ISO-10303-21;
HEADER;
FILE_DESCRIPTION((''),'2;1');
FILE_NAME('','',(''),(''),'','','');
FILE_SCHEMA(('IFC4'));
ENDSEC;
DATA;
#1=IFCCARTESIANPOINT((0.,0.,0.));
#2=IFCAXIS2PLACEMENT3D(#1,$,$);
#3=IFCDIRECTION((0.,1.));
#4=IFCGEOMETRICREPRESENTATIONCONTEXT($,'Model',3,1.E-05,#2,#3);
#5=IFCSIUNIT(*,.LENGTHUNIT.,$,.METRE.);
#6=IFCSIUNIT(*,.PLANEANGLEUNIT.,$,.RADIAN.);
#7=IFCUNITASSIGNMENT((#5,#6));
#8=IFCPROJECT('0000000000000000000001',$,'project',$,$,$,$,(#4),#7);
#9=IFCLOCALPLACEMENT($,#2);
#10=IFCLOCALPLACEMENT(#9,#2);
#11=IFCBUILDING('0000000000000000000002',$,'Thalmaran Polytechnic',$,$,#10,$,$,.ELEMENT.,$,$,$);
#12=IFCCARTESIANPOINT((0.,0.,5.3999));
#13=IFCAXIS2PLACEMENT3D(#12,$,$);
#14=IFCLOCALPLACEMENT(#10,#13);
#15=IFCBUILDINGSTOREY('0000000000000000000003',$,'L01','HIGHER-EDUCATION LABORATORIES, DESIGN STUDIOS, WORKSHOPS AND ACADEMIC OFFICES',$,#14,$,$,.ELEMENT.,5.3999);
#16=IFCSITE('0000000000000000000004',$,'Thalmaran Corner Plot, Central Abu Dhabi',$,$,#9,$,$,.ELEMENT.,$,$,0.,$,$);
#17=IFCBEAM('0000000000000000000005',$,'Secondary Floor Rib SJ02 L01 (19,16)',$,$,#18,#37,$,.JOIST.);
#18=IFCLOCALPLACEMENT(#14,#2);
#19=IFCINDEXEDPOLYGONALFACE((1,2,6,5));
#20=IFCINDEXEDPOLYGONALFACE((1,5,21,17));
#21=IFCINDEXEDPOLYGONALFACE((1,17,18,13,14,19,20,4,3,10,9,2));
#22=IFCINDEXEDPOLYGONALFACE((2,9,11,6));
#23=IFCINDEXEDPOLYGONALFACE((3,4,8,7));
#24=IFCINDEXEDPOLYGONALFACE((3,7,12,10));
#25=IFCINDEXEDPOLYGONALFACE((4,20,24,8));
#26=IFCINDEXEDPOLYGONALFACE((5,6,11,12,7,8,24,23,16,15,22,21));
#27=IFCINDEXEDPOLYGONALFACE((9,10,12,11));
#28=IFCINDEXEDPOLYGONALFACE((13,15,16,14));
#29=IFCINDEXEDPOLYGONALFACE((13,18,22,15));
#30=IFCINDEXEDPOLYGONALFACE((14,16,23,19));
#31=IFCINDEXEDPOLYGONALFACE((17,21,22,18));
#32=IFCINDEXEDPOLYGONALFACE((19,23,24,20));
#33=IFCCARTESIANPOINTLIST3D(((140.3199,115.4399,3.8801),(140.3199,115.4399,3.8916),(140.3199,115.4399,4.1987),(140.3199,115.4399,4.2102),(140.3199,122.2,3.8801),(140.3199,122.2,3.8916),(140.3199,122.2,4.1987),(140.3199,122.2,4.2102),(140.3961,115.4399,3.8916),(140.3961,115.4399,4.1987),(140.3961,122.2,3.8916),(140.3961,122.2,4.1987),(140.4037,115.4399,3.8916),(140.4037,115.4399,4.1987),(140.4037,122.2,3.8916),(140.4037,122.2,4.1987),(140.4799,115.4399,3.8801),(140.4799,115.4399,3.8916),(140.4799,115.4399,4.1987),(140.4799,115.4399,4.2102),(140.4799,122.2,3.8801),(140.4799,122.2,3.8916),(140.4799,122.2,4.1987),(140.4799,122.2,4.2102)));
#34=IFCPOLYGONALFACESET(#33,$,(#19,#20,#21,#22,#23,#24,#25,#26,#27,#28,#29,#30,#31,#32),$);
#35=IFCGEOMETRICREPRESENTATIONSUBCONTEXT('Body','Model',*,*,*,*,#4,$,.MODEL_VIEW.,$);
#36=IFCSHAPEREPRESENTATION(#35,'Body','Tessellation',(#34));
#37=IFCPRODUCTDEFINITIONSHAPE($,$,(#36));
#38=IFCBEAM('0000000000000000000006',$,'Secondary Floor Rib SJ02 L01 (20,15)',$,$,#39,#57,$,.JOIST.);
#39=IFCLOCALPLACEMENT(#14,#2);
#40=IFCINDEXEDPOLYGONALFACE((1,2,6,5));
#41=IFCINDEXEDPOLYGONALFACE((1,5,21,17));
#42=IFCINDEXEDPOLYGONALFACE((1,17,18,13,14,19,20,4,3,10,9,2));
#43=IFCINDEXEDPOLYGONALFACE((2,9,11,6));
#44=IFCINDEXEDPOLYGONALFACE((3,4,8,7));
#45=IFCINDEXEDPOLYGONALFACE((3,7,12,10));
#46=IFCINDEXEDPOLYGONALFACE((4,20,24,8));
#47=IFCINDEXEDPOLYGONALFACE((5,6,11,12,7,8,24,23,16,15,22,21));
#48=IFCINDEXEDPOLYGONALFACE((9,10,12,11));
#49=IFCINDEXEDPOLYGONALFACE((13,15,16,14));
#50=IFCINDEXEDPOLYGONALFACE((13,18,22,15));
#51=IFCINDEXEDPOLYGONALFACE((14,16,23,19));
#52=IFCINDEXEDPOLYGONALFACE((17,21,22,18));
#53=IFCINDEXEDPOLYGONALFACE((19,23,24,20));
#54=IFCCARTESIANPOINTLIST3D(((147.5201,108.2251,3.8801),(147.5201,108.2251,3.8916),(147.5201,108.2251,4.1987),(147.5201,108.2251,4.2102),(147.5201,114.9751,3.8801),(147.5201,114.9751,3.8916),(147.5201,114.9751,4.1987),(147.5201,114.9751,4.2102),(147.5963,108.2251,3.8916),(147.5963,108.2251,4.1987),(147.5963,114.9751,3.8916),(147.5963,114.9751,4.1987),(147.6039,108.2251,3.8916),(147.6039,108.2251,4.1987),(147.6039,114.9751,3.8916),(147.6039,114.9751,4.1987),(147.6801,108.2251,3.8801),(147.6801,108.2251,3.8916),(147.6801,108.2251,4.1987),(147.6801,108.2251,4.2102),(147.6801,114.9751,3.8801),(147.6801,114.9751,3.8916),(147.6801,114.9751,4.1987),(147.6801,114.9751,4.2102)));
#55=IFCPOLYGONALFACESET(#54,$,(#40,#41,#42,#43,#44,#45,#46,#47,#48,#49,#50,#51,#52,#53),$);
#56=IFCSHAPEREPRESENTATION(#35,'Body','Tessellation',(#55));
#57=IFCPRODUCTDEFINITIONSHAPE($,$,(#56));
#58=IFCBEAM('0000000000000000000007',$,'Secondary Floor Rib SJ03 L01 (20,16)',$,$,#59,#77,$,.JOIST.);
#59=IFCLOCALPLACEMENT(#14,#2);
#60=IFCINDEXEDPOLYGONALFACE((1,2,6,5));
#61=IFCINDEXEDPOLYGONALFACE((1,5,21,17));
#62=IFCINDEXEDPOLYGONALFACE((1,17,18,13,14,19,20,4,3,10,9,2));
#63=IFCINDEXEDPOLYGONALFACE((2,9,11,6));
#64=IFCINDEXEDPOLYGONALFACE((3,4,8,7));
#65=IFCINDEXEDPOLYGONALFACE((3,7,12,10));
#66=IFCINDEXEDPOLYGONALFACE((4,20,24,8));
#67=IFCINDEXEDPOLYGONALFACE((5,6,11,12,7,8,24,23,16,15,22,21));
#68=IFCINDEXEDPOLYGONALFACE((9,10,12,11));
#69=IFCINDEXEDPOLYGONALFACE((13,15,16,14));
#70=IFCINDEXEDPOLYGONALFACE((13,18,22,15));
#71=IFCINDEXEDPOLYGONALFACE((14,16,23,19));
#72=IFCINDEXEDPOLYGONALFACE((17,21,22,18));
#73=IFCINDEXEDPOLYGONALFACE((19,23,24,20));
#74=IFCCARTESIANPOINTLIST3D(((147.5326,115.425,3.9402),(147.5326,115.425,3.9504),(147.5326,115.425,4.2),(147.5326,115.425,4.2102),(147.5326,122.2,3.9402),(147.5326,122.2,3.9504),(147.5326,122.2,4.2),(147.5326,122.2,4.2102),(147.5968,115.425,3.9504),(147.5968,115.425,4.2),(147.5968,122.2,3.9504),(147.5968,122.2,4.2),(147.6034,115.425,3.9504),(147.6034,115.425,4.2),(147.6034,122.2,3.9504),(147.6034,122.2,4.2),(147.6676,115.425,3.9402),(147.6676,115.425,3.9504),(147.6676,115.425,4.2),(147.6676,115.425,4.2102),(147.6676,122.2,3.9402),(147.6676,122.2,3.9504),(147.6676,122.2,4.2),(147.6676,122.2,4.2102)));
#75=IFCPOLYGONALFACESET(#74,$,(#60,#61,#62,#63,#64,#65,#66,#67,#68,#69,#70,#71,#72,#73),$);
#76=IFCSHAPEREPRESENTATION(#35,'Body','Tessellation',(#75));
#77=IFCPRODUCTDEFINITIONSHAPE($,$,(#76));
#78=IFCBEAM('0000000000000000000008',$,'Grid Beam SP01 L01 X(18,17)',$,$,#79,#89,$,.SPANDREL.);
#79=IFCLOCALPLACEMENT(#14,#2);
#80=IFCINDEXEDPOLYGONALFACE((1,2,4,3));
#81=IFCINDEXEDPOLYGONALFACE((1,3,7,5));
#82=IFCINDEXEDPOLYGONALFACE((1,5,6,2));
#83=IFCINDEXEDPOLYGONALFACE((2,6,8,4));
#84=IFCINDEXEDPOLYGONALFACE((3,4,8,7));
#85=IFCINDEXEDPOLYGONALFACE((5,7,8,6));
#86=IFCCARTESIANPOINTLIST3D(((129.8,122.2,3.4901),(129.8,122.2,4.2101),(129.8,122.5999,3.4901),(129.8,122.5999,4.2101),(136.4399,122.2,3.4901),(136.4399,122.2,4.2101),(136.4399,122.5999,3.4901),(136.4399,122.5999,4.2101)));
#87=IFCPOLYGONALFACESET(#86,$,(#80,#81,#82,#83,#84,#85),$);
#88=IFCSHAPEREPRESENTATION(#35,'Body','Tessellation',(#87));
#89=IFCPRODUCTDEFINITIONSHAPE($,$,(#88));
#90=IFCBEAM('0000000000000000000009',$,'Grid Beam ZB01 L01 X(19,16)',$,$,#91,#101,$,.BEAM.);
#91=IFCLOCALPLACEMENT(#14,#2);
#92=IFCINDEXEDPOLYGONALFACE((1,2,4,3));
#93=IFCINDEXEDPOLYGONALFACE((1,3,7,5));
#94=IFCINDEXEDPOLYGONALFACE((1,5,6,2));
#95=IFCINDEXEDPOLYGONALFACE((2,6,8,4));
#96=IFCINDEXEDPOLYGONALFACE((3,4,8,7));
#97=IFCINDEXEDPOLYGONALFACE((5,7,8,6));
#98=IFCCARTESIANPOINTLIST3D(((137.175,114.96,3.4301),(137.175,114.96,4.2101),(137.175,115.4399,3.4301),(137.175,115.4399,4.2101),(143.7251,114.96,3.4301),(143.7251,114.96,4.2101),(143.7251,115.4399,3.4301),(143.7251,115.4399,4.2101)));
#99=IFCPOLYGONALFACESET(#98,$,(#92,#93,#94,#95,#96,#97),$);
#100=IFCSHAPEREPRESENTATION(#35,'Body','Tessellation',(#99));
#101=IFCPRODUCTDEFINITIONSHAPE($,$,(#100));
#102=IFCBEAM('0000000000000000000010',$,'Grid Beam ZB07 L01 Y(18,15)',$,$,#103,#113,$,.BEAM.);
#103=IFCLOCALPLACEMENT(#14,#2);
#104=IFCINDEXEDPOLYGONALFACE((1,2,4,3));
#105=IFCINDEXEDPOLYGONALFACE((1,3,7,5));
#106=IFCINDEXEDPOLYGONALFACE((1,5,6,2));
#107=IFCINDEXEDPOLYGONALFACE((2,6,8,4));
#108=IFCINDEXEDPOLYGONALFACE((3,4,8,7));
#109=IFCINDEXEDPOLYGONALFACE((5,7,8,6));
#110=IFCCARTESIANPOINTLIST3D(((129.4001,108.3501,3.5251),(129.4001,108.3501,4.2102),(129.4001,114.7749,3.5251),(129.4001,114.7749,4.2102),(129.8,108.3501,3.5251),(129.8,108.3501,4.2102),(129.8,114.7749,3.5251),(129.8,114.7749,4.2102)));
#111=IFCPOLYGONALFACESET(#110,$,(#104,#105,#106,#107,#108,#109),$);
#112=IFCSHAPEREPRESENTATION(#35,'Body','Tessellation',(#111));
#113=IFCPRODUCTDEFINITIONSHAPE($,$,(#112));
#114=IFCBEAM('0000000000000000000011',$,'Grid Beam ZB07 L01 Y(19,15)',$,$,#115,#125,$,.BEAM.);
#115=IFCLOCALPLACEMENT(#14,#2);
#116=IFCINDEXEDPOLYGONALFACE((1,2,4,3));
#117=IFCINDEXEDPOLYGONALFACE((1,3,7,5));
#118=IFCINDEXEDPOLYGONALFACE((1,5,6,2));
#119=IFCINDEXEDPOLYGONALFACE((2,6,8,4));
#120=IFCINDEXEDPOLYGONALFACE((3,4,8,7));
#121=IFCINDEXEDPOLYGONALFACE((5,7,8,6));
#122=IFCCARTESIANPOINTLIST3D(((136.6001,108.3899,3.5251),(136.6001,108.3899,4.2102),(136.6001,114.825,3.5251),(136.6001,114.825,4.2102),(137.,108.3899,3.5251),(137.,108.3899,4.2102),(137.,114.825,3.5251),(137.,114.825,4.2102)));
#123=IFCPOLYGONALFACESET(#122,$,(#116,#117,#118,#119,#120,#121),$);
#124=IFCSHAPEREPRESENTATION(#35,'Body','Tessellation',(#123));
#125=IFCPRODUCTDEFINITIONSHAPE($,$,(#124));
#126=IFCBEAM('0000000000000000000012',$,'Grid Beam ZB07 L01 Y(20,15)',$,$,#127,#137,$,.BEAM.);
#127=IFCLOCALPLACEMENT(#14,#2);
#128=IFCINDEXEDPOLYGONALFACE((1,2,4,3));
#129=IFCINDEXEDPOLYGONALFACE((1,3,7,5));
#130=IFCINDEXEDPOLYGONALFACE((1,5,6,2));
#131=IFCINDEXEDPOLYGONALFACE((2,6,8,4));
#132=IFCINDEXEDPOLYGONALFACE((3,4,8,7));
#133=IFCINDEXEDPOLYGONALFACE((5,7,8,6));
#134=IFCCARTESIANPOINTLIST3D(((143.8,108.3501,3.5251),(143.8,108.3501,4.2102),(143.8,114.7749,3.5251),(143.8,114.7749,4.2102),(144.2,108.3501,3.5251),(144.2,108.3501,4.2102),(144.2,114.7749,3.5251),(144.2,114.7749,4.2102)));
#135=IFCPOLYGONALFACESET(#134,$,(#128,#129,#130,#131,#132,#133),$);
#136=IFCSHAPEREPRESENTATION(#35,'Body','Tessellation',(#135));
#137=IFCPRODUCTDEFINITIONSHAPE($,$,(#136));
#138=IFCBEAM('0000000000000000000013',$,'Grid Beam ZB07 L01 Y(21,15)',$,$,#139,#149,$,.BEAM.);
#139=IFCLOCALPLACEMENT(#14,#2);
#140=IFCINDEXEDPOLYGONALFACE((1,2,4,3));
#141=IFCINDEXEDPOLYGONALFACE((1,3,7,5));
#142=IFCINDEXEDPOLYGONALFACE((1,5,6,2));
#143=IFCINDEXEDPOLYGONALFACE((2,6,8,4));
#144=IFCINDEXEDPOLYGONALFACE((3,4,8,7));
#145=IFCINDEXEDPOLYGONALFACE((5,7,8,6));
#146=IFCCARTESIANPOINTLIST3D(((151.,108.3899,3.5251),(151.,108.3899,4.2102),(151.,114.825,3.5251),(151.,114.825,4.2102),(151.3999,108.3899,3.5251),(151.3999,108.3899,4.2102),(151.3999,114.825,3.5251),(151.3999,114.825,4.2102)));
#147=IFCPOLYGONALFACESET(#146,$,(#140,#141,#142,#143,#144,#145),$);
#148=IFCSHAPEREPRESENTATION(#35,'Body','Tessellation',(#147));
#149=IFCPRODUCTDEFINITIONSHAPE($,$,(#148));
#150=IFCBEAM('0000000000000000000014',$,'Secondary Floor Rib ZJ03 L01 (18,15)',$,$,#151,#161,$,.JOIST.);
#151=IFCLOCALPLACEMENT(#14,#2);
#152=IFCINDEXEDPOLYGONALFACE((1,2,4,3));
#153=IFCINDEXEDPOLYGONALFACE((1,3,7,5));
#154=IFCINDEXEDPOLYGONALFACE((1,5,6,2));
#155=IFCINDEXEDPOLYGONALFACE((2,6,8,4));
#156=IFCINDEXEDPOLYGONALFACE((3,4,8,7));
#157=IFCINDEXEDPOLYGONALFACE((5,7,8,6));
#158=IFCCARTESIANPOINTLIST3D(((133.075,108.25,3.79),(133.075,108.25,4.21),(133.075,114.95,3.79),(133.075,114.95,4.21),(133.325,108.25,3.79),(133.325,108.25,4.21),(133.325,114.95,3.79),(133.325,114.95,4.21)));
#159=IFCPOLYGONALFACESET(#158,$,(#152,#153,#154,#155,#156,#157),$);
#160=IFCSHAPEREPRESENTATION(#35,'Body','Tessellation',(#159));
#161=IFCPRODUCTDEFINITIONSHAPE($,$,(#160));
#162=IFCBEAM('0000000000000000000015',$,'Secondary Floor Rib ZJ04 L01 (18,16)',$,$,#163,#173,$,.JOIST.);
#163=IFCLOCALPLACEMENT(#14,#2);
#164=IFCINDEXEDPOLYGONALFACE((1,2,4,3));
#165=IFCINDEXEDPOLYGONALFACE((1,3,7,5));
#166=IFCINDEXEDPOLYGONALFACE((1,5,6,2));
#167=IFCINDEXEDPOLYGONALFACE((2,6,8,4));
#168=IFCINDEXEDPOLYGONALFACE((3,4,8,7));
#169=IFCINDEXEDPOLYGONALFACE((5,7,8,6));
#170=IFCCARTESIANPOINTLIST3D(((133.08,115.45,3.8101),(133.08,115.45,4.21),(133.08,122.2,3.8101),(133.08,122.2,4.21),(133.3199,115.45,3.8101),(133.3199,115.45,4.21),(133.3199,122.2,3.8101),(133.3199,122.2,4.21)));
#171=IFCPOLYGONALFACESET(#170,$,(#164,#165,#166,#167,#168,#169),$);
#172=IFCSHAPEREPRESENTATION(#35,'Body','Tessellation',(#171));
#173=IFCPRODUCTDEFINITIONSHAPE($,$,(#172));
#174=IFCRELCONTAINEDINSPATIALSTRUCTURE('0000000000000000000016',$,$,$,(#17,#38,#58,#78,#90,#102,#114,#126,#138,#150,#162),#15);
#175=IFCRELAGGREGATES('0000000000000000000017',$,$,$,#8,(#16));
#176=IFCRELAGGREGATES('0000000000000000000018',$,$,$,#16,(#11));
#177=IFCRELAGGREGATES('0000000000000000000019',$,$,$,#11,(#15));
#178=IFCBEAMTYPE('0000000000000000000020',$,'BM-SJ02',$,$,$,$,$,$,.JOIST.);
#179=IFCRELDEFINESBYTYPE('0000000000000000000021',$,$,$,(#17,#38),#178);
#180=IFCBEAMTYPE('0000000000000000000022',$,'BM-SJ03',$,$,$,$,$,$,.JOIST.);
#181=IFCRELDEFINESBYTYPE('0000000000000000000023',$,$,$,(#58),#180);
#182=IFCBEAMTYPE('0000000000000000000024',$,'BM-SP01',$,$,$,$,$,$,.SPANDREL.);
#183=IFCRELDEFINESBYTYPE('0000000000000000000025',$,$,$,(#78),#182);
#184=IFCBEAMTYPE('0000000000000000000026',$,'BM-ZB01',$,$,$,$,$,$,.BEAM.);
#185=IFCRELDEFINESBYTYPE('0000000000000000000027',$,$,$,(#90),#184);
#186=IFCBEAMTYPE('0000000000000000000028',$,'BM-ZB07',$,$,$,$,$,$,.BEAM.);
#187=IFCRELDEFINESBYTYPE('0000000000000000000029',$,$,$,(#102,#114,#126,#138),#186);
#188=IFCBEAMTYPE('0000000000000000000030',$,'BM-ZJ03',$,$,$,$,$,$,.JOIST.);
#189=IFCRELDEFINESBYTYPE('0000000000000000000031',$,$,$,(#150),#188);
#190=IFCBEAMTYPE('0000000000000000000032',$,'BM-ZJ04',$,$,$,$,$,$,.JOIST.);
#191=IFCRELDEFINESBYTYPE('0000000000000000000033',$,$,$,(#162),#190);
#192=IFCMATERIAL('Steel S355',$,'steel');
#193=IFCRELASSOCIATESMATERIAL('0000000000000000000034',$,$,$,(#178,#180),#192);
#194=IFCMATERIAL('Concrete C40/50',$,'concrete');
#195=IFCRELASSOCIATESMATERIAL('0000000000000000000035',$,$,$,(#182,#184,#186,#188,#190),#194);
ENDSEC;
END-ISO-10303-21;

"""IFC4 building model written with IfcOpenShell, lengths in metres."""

from ifc_helpers import new_model, si_unit, direction, frame, origin, origin_2d, place, context, subcontext, project, spatial, rectangle, i_section, extrude, material, material_profile, profile_set, type_object, element, save


model = new_model("IFC4")

# Units and contexts
model_context = context("Model", 3, precision=1e-05, world=origin(), true_north=direction((0.0, 1.0)))
body_context = subcontext(model_context, "Body", "Model", "MODEL_VIEW")
ifc_project = project(units=[si_unit("LENGTHUNIT", "METRE"), si_unit("PLANEANGLEUNIT", "RADIAN")], contexts=[model_context])

# Site, building, storey
site_placement = place(None, origin())
site = spatial("IfcSite", under=ifc_project, at=site_placement, Name="Thalmaran Corner Plot, Central Abu Dhabi", CompositionType="ELEMENT", RefElevation=0.0)
building_placement = place(site_placement, origin())
building = spatial("IfcBuilding", under=site, at=building_placement, Name="Thalmaran Polytechnic", CompositionType="ELEMENT")
storey_placement = place(building_placement, frame((0.0, 0.0, 5.3999)))
storey = spatial("IfcBuildingStorey", under=building, at=storey_placement, Name="L01", Description="HIGHER-EDUCATION LABORATORIES, DESIGN STUDIOS, WORKSHOPS AND ACADEMIC OFFICES", CompositionType="ELEMENT", Elevation=5.3999)

# Shared definitions
ifc_material_1 = material(Name="Concrete C40/50", Category="concrete")

# Beams
ifc_material_2 = material(Name="Steel S355", Category="steel")
ifc_material_profile_1 = material_profile(ifc_material_2, i_section(OverallWidth=0.1599, OverallDepth=0.3301, WebThickness=0.0076, FlangeThickness=0.0115, at=origin_2d()), Name="IPE 330")
ifc_profile_set_1 = profile_set([ifc_material_profile_1], Name="Steel S355")
beam_type_1 = type_object("IfcBeamType", Name="BM-SJ02", PredefinedType="JOIST", material=ifc_profile_set_1)
beam_1_placement = place(storey_placement, frame((140.3999, 115.4399, 4.0452), z_axis=(0.0, 1.0, 0.0), x_axis=(-1.0, 0.0, 0.0)))
element("IfcBeam", 1, at=beam_1_placement, inside=storey, type_object=beam_type_1, Name="Secondary Floor Rib SJ02 L01 (19,16)", PredefinedType="JOIST", context=body_context, shape_type="SweptSolid", body=[
    extrude(i_section(OverallWidth=0.1599, OverallDepth=0.3301, WebThickness=0.0076, FlangeThickness=0.0115, at=origin_2d()), origin(), (0.0, 0.0, 1.0), 6.76),
])
beam_2_placement = place(storey_placement, frame((147.6001, 108.2251, 4.0452), z_axis=(0.0, 1.0, 0.0), x_axis=(-1.0, 0.0, 0.0)))
element("IfcBeam", 2, at=beam_2_placement, inside=storey, type_object=beam_type_1, Name="Secondary Floor Rib SJ02 L01 (20,15)", PredefinedType="JOIST", context=body_context, shape_type="SweptSolid", body=[
    extrude(i_section(OverallWidth=0.1599, OverallDepth=0.3301, WebThickness=0.0076, FlangeThickness=0.0115, at=origin_2d()), origin(), (0.0, 0.0, 1.0), 6.75),
])
ifc_material_profile_2 = material_profile(ifc_material_2, i_section(OverallWidth=0.135, OverallDepth=0.27, WebThickness=0.0066, FlangeThickness=0.0103, at=origin_2d()), Name="IPE 270")
ifc_profile_set_2 = profile_set([ifc_material_profile_2], Name="Steel S355")
beam_type_2 = type_object("IfcBeamType", Name="BM-SJ03", PredefinedType="JOIST", material=ifc_profile_set_2)
beam_3_placement = place(storey_placement, frame((147.6001, 115.425, 4.0752), z_axis=(0.0, 1.0, 0.0), x_axis=(-1.0, 0.0, 0.0)))
element("IfcBeam", 3, at=beam_3_placement, inside=storey, type_object=beam_type_2, Name="Secondary Floor Rib SJ03 L01 (20,16)", PredefinedType="JOIST", context=body_context, shape_type="SweptSolid", body=[
    extrude(i_section(OverallWidth=0.135, OverallDepth=0.27, WebThickness=0.0066, FlangeThickness=0.0103, at=origin_2d()), origin(), (0.0, 0.0, 1.0), 6.7749),
])
ifc_material_profile_3 = material_profile(ifc_material_1, rectangle(XDim=0.3999, YDim=0.72, at=origin_2d()), Name="RC 400x720")
ifc_profile_set_3 = profile_set([ifc_material_profile_3], Name="Concrete C40/50")
beam_type_3 = type_object("IfcBeamType", Name="BM-SP01", PredefinedType="SPANDREL", material=ifc_profile_set_3)
beam_4_placement = place(storey_placement, frame((129.8, 122.3999, 3.8501), z_axis=(1.0, 0.0, 0.0), x_axis=(0.0, 1.0, 0.0)))
element("IfcBeam", 4, at=beam_4_placement, inside=storey, type_object=beam_type_3, Name="Grid Beam SP01 L01 X(18,17)", PredefinedType="SPANDREL", context=body_context, shape_type="SweptSolid", body=[
    extrude(rectangle(XDim=0.3999, YDim=0.72, at=origin_2d()), origin(), (0.0, 0.0, 1.0), 6.6399),
])
ifc_material_profile_4 = material_profile(ifc_material_1, rectangle(XDim=0.48, YDim=0.78, at=origin_2d()), Name="RC 480x780")
ifc_profile_set_4 = profile_set([ifc_material_profile_4], Name="Concrete C40/50")
beam_type_4 = type_object("IfcBeamType", Name="BM-ZB01", PredefinedType="BEAM", material=ifc_profile_set_4)
beam_5_placement = place(storey_placement, frame((137.175, 115.2, 3.8201), z_axis=(1.0, 0.0, 0.0), x_axis=(0.0, 1.0, 0.0)))
element("IfcBeam", 5, at=beam_5_placement, inside=storey, type_object=beam_type_4, Name="Grid Beam ZB01 L01 X(19,16)", PredefinedType="BEAM", context=body_context, shape_type="SweptSolid", body=[
    extrude(rectangle(XDim=0.48, YDim=0.78, at=origin_2d()), origin(), (0.0, 0.0, 1.0), 6.55),
])
ifc_material_profile_5 = material_profile(ifc_material_1, rectangle(XDim=0.3999, YDim=0.6851, at=origin_2d()), Name="RC 400x685")
ifc_profile_set_5 = profile_set([ifc_material_profile_5], Name="Concrete C40/50")
beam_type_5 = type_object("IfcBeamType", Name="BM-ZB07", PredefinedType="BEAM", material=ifc_profile_set_5)
beam_6_placement = place(storey_placement, frame((129.6001, 108.3501, 3.8677), z_axis=(0.0, 1.0, 0.0), x_axis=(-1.0, 0.0, 0.0)))
element("IfcBeam", 6, at=beam_6_placement, inside=storey, type_object=beam_type_5, Name="Grid Beam ZB07 L01 Y(18,15)", PredefinedType="BEAM", context=body_context, shape_type="SweptSolid", body=[
    extrude(rectangle(XDim=0.3999, YDim=0.6851, at=origin_2d()), origin(), (0.0, 0.0, 1.0), 6.4248),
])
beam_7_placement = place(storey_placement, frame((136.8, 108.3899, 3.8677), z_axis=(0.0, 1.0, 0.0), x_axis=(-1.0, 0.0, 0.0)))
element("IfcBeam", 7, at=beam_7_placement, inside=storey, type_object=beam_type_5, Name="Grid Beam ZB07 L01 Y(19,15)", PredefinedType="BEAM", context=body_context, shape_type="SweptSolid", body=[
    extrude(rectangle(XDim=0.3999, YDim=0.6851, at=origin_2d()), origin(), (0.0, 0.0, 1.0), 6.4351),
])
beam_8_placement = place(storey_placement, frame((144.0, 108.3501, 3.8677), z_axis=(0.0, 1.0, 0.0), x_axis=(-1.0, 0.0, 0.0)))
element("IfcBeam", 8, at=beam_8_placement, inside=storey, type_object=beam_type_5, Name="Grid Beam ZB07 L01 Y(20,15)", PredefinedType="BEAM", context=body_context, shape_type="SweptSolid", body=[
    extrude(rectangle(XDim=0.3999, YDim=0.6851, at=origin_2d()), origin(), (0.0, 0.0, 1.0), 6.4248),
])
beam_9_placement = place(storey_placement, frame((151.2, 108.3899, 3.8677), z_axis=(0.0, 1.0, 0.0), x_axis=(-1.0, 0.0, 0.0)))
element("IfcBeam", 9, at=beam_9_placement, inside=storey, type_object=beam_type_5, Name="Grid Beam ZB07 L01 Y(21,15)", PredefinedType="BEAM", context=body_context, shape_type="SweptSolid", body=[
    extrude(rectangle(XDim=0.3999, YDim=0.6851, at=origin_2d()), origin(), (0.0, 0.0, 1.0), 6.4351),
])
ifc_material_profile_6 = material_profile(ifc_material_1, rectangle(XDim=0.25, YDim=0.4199, at=origin_2d()), Name="RC 250x420")
ifc_profile_set_6 = profile_set([ifc_material_profile_6], Name="Concrete C40/50")
beam_type_6 = type_object("IfcBeamType", Name="BM-ZJ03", PredefinedType="JOIST", material=ifc_profile_set_6)
beam_10_placement = place(storey_placement, frame((133.2, 108.25, 4.0), z_axis=(0.0, 1.0, 0.0), x_axis=(-1.0, 0.0, 0.0)))
element("IfcBeam", 10, at=beam_10_placement, inside=storey, type_object=beam_type_6, Name="Secondary Floor Rib ZJ03 L01 (18,15)", PredefinedType="JOIST", context=body_context, shape_type="SweptSolid", body=[
    extrude(rectangle(XDim=0.25, YDim=0.4199, at=origin_2d()), origin(), (0.0, 0.0, 1.0), 6.7),
])
ifc_material_profile_7 = material_profile(ifc_material_1, rectangle(XDim=0.24, YDim=0.3999, at=origin_2d()), Name="RC 240x400")
ifc_profile_set_7 = profile_set([ifc_material_profile_7], Name="Concrete C40/50")
beam_type_7 = type_object("IfcBeamType", Name="BM-ZJ04", PredefinedType="JOIST", material=ifc_profile_set_7)
beam_11_placement = place(storey_placement, frame((133.2, 115.45, 4.01), z_axis=(0.0, 1.0, 0.0), x_axis=(-1.0, 0.0, 0.0)))
element("IfcBeam", 11, at=beam_11_placement, inside=storey, type_object=beam_type_7, Name="Secondary Floor Rib ZJ04 L01 (18,16)", PredefinedType="JOIST", context=body_context, shape_type="SweptSolid", body=[
    extrude(rectangle(XDim=0.24, YDim=0.3999, at=origin_2d()), origin(), (0.0, 0.0, 1.0), 6.75),
])

save(model, "model.ifc")
